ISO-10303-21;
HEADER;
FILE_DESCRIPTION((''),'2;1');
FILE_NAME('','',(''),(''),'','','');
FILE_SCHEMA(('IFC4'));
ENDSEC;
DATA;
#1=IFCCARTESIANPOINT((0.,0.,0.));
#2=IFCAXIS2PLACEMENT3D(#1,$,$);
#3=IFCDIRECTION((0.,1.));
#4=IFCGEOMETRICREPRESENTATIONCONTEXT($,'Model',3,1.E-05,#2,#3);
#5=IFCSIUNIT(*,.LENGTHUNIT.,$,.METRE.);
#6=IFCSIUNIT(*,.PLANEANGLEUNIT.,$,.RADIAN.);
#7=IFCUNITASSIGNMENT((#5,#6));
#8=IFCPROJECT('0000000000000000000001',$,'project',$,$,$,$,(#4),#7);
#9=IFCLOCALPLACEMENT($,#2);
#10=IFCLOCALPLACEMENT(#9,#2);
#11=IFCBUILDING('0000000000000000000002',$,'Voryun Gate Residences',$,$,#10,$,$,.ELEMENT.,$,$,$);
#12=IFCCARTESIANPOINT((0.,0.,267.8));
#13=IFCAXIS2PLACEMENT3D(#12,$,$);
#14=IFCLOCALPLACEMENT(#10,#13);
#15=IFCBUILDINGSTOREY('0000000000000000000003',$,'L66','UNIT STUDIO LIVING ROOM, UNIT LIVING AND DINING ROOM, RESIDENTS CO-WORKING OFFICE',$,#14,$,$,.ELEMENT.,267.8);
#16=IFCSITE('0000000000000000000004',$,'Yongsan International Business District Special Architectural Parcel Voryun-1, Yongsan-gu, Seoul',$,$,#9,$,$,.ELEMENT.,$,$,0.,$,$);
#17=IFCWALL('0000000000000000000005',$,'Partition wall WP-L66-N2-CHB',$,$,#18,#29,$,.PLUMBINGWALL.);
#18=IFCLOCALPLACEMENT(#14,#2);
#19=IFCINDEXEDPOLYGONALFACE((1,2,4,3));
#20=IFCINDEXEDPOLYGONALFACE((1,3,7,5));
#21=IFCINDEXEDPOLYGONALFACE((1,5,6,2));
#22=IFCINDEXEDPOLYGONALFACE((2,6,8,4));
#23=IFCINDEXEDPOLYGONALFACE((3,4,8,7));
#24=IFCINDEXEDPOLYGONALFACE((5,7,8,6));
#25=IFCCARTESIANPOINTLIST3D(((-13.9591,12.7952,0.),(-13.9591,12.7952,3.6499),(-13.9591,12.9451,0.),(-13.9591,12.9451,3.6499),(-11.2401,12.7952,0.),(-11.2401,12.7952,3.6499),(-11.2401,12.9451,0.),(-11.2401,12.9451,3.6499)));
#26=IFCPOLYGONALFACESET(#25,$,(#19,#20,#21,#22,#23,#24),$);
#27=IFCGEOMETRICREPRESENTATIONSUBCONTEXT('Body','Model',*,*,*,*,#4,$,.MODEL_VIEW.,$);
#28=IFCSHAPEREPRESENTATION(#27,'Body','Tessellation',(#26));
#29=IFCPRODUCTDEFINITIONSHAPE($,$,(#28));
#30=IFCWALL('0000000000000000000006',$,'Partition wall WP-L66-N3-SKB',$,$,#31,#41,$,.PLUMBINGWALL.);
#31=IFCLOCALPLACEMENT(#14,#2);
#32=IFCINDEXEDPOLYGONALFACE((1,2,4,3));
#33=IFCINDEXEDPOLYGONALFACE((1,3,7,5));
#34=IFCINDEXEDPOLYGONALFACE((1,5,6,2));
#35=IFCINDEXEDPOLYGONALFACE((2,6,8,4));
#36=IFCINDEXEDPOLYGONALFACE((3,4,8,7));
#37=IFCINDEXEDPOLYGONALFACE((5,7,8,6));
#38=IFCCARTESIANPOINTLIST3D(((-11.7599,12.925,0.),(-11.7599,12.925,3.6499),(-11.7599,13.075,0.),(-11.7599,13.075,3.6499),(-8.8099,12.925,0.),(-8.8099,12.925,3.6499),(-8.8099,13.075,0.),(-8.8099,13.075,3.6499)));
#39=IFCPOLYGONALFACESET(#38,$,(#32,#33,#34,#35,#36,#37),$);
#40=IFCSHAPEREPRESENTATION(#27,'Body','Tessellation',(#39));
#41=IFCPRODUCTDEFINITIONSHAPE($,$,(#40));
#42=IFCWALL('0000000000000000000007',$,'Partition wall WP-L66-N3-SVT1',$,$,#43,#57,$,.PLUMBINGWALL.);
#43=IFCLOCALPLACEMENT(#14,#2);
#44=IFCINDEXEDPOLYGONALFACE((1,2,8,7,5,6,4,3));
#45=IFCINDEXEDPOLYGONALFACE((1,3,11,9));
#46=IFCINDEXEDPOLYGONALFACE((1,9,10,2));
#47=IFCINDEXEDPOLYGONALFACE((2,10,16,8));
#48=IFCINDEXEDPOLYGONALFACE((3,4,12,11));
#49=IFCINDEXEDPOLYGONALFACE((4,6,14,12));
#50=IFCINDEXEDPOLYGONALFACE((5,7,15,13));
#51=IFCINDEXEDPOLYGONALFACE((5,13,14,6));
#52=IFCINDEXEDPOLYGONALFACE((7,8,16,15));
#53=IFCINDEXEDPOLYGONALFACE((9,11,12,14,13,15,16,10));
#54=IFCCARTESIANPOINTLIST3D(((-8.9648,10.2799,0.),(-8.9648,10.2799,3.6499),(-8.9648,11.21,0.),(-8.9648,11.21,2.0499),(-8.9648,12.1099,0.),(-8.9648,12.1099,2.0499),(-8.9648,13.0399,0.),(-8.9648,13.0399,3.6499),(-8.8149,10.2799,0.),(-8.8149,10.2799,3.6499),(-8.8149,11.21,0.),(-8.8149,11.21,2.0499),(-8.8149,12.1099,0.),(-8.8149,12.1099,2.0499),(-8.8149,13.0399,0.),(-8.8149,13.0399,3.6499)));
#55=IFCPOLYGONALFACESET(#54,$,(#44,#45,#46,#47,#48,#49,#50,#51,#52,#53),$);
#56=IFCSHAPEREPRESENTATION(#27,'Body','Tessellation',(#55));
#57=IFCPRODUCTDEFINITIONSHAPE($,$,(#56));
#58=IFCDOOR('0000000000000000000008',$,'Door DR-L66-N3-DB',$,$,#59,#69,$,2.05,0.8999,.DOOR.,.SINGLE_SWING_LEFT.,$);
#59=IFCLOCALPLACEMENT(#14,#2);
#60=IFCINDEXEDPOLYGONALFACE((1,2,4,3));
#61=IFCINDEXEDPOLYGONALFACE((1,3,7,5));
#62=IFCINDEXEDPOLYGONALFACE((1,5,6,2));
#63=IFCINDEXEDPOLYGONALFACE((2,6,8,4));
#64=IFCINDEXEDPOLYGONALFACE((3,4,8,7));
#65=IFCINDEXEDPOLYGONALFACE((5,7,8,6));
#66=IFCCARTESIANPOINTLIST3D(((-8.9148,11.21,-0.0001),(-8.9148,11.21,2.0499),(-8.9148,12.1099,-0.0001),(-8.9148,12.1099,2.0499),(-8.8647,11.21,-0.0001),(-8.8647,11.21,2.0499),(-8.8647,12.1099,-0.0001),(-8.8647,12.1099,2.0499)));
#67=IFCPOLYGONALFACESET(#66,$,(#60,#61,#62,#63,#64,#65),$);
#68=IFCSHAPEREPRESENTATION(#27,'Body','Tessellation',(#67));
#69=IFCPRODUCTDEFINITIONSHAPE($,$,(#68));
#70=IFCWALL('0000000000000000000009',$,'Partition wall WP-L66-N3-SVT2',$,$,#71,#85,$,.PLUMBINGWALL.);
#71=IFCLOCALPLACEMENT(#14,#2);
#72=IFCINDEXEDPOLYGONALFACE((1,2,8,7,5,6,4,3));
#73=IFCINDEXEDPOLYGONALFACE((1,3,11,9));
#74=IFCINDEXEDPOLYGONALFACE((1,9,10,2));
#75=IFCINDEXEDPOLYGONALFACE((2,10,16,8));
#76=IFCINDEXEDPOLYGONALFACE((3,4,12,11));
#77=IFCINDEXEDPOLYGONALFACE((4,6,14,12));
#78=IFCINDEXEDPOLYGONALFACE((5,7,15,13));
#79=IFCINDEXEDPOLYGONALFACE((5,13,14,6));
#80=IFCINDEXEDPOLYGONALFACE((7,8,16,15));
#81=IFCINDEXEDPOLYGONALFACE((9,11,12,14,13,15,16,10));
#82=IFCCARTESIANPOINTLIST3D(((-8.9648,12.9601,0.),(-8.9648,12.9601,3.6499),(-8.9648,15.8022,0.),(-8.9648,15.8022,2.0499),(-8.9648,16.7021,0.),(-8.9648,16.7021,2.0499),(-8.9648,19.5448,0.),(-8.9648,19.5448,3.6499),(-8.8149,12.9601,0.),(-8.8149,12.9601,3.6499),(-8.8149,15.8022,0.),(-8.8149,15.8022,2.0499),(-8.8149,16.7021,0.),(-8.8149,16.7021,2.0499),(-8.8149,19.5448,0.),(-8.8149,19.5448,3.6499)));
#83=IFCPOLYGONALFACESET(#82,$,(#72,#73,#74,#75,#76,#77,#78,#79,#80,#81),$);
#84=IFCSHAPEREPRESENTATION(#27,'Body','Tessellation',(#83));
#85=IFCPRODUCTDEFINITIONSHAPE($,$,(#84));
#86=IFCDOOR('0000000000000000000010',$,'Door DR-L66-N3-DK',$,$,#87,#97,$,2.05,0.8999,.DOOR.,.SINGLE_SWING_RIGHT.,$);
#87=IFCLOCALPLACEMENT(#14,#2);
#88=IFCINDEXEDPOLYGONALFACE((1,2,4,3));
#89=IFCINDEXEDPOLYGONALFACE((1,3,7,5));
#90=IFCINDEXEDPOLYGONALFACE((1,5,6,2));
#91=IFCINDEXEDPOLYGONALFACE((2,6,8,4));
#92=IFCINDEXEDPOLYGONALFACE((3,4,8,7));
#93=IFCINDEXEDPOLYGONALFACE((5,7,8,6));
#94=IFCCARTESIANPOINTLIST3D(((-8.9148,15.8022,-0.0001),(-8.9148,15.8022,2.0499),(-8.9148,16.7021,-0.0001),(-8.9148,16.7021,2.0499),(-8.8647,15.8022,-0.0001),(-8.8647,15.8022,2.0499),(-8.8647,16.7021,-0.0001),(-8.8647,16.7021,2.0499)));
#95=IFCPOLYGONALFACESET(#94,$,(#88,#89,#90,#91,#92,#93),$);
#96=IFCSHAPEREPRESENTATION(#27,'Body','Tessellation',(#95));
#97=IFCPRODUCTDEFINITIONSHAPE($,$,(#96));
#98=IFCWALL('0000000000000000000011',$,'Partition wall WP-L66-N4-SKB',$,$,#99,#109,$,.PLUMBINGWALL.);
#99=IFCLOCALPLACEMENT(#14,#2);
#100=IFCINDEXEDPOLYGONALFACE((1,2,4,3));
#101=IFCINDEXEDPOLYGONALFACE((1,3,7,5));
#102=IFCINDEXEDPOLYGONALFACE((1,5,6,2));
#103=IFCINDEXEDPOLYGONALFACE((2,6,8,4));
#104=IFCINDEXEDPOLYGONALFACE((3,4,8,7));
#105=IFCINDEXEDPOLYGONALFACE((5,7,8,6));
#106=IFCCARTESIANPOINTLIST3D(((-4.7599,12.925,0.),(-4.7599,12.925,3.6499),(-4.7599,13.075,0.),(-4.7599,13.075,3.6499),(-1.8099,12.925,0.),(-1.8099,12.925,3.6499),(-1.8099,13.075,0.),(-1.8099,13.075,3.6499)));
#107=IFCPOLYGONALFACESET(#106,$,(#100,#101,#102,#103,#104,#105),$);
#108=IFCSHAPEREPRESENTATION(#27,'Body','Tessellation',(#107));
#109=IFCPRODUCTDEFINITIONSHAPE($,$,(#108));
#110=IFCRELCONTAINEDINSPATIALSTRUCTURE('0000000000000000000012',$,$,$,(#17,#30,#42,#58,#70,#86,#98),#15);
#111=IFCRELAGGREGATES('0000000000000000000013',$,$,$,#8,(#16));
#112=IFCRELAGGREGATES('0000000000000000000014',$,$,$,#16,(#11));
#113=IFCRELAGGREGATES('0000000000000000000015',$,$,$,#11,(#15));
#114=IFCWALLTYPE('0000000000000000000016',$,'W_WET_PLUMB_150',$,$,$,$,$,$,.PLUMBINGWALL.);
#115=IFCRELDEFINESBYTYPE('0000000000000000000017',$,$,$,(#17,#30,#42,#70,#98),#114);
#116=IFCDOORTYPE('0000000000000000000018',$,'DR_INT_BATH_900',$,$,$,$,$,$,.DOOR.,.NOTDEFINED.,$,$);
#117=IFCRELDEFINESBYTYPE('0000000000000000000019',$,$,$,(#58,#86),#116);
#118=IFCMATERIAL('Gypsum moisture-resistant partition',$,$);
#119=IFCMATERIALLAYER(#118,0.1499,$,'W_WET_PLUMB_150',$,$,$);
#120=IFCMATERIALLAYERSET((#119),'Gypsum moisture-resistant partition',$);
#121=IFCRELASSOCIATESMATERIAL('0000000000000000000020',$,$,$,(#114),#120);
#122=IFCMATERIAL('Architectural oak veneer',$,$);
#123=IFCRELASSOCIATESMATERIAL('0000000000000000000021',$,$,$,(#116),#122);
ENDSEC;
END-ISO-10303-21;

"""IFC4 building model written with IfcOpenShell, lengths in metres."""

from ifc_helpers import new_model, si_unit, direction, frame, frame_2d, origin, place, context, subcontext, project, spatial, rectangle, extrude, material, layer, layer_set, type_object, element, fill, save


model = new_model("IFC4")

# Units and contexts
model_context = context("Model", 3, precision=1e-05, world=origin(), true_north=direction((0.0, 1.0)))
body_context = subcontext(model_context, "Body", "Model", "MODEL_VIEW")
ifc_project = project(units=[si_unit("LENGTHUNIT", "METRE"), si_unit("PLANEANGLEUNIT", "RADIAN")], contexts=[model_context])

# Site, building, storey
site_placement = place(None, origin())
site = spatial("IfcSite", under=ifc_project, at=site_placement, Name="Yongsan International Business District Special Architectural Parcel Voryun-1, Yongsan-gu, Seoul", CompositionType="ELEMENT", RefElevation=0.0)
building_placement = place(site_placement, origin())
building = spatial("IfcBuilding", under=site, at=building_placement, Name="Voryun Gate Residences", CompositionType="ELEMENT")
storey_placement = place(building_placement, frame((0.0, 0.0, 267.8)))
storey = spatial("IfcBuildingStorey", under=building, at=storey_placement, Name="L66", Description="UNIT STUDIO LIVING ROOM, UNIT LIVING AND DINING ROOM, RESIDENTS CO-WORKING OFFICE", CompositionType="ELEMENT", Elevation=267.8)

# Shared definitions
ifc_material_1 = material(Name="Gypsum moisture-resistant partition")
ifc_layer_1 = layer(ifc_material_1, 0.1499, Name="W_WET_PLUMB_150")
ifc_layer_set_1 = layer_set([ifc_layer_1], Name="Gypsum moisture-resistant partition")
wall_type_1 = type_object("IfcWallType", Name="W_WET_PLUMB_150", PredefinedType="PLUMBINGWALL", material=ifc_layer_set_1)
ifc_material_2 = material(Name="Architectural oak veneer")
door_type_1 = type_object("IfcDoorType", Name="DR_INT_BATH_900", OperationType="NOTDEFINED", PredefinedType="DOOR", material=ifc_material_2)

# Walls
wall_1_placement = place(storey_placement, frame((-13.959, 12.8701, 0.0), z_axis=(0.0, 0.0, 1.0), x_axis=(1.0, 0.0, 0.0)))
element("IfcWall", 1, at=wall_1_placement, inside=storey, type_object=wall_type_1, Name="Partition wall WP-L66-N2-CHB", PredefinedType="PLUMBINGWALL", context=body_context, shape_type="SweptSolid", body=[
    extrude(rectangle(XDim=2.719, YDim=0.1499, at=frame_2d((1.3594, 0.0))), origin(), (0.0, 0.0, 1.0), 3.6499),
])
wall_2_placement = place(storey_placement, frame((-11.76, 13.0, 0.0), z_axis=(0.0, 0.0, 1.0), x_axis=(1.0, 0.0, 0.0)))
element("IfcWall", 2, at=wall_2_placement, inside=storey, type_object=wall_type_1, Name="Partition wall WP-L66-N3-SKB", PredefinedType="PLUMBINGWALL", context=body_context, shape_type="SweptSolid", body=[
    extrude(rectangle(XDim=2.95, YDim=0.1499, at=frame_2d((1.4751, 0.0))), origin(), (0.0, 0.0, 1.0), 3.6499),
])

# Walls, openings, doors
wall_3_placement = place(storey_placement, frame((-8.8899, 10.28, 0.0), z_axis=(0.0, 0.0, 1.0), x_axis=(0.0, 1.0, 0.0)))
wall_3 = element("IfcWall", 3, at=wall_3_placement, inside=storey, type_object=wall_type_1, Name="Partition wall WP-L66-N3-SVT1", PredefinedType="PLUMBINGWALL", context=body_context, shape_type="SweptSolid", body=[
    extrude(rectangle(XDim=2.76, YDim=0.1499, at=frame_2d((1.3799, 0.0))), origin(), (0.0, 0.0, 1.0), 3.6499),
])
opening_1_placement = place(wall_3_placement, frame((0.9299, 0.0, 0.0)))
opening_1 = element("IfcOpeningElement", 4, at=opening_1_placement, cuts=wall_3, PredefinedType="OPENING", context=body_context, shape_type="SweptSolid", body=[
    extrude(rectangle(XDim=0.8999, YDim=2.05, at=frame_2d((0.45, 1.0249))), frame((0.0, 0.085, 0.0), z_axis=(0.0, -1.0, 0.0), x_axis=(1.0, 0.0, 0.0)), (0.0, 0.0, 1.0), 0.1699),
])
door_1_placement = place(opening_1_placement, origin())
door_1 = element("IfcDoor", 5, at=door_1_placement, inside=storey, type_object=door_type_1, Name="Door DR-L66-N3-DB", OperationType="SINGLE_SWING_LEFT", OverallHeight=2.05, OverallWidth=0.8999, PredefinedType="DOOR", context=body_context, shape_type="SweptSolid", body=[
    extrude(rectangle(XDim=0.8999, YDim=2.05, at=frame_2d((0.45, 1.0249))), frame((0.0, 0.0249, 0.0), z_axis=(0.0, -1.0, 0.0), x_axis=(1.0, 0.0, 0.0)), (0.0, 0.0, 1.0), 0.05),
])
fill(opening_1, door_1)
wall_4_placement = place(storey_placement, frame((-8.8899, 12.96, 0.0), z_axis=(0.0, 0.0, 1.0), x_axis=(0.0, 1.0, 0.0)))
wall_4 = element("IfcWall", 6, at=wall_4_placement, inside=storey, type_object=wall_type_1, Name="Partition wall WP-L66-N3-SVT2", PredefinedType="PLUMBINGWALL", context=body_context, shape_type="SweptSolid", body=[
    extrude(rectangle(XDim=6.5847, YDim=0.1499, at=frame_2d((3.2925, 0.0))), origin(), (0.0, 0.0, 1.0), 3.6499),
])
opening_2_placement = place(wall_4_placement, frame((2.8423, 0.0, 0.0)))
opening_2 = element("IfcOpeningElement", 7, at=opening_2_placement, cuts=wall_4, PredefinedType="OPENING", context=body_context, shape_type="SweptSolid", body=[
    extrude(rectangle(XDim=0.8999, YDim=2.05, at=frame_2d((0.45, 1.0249))), frame((0.0, 0.085, 0.0), z_axis=(0.0, -1.0, 0.0), x_axis=(1.0, 0.0, 0.0)), (0.0, 0.0, 1.0), 0.1699),
])
door_2_placement = place(opening_2_placement, origin())
door_2 = element("IfcDoor", 8, at=door_2_placement, inside=storey, type_object=door_type_1, Name="Door DR-L66-N3-DK", OperationType="SINGLE_SWING_RIGHT", OverallHeight=2.05, OverallWidth=0.8999, PredefinedType="DOOR", context=body_context, shape_type="SweptSolid", body=[
    extrude(rectangle(XDim=0.8999, YDim=2.05, at=frame_2d((0.45, 1.0249))), frame((0.0, 0.0249, 0.0), z_axis=(0.0, -1.0, 0.0), x_axis=(1.0, 0.0, 0.0)), (0.0, 0.0, 1.0), 0.05),
])
fill(opening_2, door_2)

# Wall
wall_5_placement = place(storey_placement, frame((-4.76, 13.0, 0.0), z_axis=(0.0, 0.0, 1.0), x_axis=(1.0, 0.0, 0.0)))
element("IfcWall", 9, at=wall_5_placement, inside=storey, type_object=wall_type_1, Name="Partition wall WP-L66-N4-SKB", PredefinedType="PLUMBINGWALL", context=body_context, shape_type="SweptSolid", body=[
    extrude(rectangle(XDim=2.95, YDim=0.1499, at=frame_2d((1.4751, 0.0))), origin(), (0.0, 0.0, 1.0), 3.6499),
])

save(model, "model.ifc")
